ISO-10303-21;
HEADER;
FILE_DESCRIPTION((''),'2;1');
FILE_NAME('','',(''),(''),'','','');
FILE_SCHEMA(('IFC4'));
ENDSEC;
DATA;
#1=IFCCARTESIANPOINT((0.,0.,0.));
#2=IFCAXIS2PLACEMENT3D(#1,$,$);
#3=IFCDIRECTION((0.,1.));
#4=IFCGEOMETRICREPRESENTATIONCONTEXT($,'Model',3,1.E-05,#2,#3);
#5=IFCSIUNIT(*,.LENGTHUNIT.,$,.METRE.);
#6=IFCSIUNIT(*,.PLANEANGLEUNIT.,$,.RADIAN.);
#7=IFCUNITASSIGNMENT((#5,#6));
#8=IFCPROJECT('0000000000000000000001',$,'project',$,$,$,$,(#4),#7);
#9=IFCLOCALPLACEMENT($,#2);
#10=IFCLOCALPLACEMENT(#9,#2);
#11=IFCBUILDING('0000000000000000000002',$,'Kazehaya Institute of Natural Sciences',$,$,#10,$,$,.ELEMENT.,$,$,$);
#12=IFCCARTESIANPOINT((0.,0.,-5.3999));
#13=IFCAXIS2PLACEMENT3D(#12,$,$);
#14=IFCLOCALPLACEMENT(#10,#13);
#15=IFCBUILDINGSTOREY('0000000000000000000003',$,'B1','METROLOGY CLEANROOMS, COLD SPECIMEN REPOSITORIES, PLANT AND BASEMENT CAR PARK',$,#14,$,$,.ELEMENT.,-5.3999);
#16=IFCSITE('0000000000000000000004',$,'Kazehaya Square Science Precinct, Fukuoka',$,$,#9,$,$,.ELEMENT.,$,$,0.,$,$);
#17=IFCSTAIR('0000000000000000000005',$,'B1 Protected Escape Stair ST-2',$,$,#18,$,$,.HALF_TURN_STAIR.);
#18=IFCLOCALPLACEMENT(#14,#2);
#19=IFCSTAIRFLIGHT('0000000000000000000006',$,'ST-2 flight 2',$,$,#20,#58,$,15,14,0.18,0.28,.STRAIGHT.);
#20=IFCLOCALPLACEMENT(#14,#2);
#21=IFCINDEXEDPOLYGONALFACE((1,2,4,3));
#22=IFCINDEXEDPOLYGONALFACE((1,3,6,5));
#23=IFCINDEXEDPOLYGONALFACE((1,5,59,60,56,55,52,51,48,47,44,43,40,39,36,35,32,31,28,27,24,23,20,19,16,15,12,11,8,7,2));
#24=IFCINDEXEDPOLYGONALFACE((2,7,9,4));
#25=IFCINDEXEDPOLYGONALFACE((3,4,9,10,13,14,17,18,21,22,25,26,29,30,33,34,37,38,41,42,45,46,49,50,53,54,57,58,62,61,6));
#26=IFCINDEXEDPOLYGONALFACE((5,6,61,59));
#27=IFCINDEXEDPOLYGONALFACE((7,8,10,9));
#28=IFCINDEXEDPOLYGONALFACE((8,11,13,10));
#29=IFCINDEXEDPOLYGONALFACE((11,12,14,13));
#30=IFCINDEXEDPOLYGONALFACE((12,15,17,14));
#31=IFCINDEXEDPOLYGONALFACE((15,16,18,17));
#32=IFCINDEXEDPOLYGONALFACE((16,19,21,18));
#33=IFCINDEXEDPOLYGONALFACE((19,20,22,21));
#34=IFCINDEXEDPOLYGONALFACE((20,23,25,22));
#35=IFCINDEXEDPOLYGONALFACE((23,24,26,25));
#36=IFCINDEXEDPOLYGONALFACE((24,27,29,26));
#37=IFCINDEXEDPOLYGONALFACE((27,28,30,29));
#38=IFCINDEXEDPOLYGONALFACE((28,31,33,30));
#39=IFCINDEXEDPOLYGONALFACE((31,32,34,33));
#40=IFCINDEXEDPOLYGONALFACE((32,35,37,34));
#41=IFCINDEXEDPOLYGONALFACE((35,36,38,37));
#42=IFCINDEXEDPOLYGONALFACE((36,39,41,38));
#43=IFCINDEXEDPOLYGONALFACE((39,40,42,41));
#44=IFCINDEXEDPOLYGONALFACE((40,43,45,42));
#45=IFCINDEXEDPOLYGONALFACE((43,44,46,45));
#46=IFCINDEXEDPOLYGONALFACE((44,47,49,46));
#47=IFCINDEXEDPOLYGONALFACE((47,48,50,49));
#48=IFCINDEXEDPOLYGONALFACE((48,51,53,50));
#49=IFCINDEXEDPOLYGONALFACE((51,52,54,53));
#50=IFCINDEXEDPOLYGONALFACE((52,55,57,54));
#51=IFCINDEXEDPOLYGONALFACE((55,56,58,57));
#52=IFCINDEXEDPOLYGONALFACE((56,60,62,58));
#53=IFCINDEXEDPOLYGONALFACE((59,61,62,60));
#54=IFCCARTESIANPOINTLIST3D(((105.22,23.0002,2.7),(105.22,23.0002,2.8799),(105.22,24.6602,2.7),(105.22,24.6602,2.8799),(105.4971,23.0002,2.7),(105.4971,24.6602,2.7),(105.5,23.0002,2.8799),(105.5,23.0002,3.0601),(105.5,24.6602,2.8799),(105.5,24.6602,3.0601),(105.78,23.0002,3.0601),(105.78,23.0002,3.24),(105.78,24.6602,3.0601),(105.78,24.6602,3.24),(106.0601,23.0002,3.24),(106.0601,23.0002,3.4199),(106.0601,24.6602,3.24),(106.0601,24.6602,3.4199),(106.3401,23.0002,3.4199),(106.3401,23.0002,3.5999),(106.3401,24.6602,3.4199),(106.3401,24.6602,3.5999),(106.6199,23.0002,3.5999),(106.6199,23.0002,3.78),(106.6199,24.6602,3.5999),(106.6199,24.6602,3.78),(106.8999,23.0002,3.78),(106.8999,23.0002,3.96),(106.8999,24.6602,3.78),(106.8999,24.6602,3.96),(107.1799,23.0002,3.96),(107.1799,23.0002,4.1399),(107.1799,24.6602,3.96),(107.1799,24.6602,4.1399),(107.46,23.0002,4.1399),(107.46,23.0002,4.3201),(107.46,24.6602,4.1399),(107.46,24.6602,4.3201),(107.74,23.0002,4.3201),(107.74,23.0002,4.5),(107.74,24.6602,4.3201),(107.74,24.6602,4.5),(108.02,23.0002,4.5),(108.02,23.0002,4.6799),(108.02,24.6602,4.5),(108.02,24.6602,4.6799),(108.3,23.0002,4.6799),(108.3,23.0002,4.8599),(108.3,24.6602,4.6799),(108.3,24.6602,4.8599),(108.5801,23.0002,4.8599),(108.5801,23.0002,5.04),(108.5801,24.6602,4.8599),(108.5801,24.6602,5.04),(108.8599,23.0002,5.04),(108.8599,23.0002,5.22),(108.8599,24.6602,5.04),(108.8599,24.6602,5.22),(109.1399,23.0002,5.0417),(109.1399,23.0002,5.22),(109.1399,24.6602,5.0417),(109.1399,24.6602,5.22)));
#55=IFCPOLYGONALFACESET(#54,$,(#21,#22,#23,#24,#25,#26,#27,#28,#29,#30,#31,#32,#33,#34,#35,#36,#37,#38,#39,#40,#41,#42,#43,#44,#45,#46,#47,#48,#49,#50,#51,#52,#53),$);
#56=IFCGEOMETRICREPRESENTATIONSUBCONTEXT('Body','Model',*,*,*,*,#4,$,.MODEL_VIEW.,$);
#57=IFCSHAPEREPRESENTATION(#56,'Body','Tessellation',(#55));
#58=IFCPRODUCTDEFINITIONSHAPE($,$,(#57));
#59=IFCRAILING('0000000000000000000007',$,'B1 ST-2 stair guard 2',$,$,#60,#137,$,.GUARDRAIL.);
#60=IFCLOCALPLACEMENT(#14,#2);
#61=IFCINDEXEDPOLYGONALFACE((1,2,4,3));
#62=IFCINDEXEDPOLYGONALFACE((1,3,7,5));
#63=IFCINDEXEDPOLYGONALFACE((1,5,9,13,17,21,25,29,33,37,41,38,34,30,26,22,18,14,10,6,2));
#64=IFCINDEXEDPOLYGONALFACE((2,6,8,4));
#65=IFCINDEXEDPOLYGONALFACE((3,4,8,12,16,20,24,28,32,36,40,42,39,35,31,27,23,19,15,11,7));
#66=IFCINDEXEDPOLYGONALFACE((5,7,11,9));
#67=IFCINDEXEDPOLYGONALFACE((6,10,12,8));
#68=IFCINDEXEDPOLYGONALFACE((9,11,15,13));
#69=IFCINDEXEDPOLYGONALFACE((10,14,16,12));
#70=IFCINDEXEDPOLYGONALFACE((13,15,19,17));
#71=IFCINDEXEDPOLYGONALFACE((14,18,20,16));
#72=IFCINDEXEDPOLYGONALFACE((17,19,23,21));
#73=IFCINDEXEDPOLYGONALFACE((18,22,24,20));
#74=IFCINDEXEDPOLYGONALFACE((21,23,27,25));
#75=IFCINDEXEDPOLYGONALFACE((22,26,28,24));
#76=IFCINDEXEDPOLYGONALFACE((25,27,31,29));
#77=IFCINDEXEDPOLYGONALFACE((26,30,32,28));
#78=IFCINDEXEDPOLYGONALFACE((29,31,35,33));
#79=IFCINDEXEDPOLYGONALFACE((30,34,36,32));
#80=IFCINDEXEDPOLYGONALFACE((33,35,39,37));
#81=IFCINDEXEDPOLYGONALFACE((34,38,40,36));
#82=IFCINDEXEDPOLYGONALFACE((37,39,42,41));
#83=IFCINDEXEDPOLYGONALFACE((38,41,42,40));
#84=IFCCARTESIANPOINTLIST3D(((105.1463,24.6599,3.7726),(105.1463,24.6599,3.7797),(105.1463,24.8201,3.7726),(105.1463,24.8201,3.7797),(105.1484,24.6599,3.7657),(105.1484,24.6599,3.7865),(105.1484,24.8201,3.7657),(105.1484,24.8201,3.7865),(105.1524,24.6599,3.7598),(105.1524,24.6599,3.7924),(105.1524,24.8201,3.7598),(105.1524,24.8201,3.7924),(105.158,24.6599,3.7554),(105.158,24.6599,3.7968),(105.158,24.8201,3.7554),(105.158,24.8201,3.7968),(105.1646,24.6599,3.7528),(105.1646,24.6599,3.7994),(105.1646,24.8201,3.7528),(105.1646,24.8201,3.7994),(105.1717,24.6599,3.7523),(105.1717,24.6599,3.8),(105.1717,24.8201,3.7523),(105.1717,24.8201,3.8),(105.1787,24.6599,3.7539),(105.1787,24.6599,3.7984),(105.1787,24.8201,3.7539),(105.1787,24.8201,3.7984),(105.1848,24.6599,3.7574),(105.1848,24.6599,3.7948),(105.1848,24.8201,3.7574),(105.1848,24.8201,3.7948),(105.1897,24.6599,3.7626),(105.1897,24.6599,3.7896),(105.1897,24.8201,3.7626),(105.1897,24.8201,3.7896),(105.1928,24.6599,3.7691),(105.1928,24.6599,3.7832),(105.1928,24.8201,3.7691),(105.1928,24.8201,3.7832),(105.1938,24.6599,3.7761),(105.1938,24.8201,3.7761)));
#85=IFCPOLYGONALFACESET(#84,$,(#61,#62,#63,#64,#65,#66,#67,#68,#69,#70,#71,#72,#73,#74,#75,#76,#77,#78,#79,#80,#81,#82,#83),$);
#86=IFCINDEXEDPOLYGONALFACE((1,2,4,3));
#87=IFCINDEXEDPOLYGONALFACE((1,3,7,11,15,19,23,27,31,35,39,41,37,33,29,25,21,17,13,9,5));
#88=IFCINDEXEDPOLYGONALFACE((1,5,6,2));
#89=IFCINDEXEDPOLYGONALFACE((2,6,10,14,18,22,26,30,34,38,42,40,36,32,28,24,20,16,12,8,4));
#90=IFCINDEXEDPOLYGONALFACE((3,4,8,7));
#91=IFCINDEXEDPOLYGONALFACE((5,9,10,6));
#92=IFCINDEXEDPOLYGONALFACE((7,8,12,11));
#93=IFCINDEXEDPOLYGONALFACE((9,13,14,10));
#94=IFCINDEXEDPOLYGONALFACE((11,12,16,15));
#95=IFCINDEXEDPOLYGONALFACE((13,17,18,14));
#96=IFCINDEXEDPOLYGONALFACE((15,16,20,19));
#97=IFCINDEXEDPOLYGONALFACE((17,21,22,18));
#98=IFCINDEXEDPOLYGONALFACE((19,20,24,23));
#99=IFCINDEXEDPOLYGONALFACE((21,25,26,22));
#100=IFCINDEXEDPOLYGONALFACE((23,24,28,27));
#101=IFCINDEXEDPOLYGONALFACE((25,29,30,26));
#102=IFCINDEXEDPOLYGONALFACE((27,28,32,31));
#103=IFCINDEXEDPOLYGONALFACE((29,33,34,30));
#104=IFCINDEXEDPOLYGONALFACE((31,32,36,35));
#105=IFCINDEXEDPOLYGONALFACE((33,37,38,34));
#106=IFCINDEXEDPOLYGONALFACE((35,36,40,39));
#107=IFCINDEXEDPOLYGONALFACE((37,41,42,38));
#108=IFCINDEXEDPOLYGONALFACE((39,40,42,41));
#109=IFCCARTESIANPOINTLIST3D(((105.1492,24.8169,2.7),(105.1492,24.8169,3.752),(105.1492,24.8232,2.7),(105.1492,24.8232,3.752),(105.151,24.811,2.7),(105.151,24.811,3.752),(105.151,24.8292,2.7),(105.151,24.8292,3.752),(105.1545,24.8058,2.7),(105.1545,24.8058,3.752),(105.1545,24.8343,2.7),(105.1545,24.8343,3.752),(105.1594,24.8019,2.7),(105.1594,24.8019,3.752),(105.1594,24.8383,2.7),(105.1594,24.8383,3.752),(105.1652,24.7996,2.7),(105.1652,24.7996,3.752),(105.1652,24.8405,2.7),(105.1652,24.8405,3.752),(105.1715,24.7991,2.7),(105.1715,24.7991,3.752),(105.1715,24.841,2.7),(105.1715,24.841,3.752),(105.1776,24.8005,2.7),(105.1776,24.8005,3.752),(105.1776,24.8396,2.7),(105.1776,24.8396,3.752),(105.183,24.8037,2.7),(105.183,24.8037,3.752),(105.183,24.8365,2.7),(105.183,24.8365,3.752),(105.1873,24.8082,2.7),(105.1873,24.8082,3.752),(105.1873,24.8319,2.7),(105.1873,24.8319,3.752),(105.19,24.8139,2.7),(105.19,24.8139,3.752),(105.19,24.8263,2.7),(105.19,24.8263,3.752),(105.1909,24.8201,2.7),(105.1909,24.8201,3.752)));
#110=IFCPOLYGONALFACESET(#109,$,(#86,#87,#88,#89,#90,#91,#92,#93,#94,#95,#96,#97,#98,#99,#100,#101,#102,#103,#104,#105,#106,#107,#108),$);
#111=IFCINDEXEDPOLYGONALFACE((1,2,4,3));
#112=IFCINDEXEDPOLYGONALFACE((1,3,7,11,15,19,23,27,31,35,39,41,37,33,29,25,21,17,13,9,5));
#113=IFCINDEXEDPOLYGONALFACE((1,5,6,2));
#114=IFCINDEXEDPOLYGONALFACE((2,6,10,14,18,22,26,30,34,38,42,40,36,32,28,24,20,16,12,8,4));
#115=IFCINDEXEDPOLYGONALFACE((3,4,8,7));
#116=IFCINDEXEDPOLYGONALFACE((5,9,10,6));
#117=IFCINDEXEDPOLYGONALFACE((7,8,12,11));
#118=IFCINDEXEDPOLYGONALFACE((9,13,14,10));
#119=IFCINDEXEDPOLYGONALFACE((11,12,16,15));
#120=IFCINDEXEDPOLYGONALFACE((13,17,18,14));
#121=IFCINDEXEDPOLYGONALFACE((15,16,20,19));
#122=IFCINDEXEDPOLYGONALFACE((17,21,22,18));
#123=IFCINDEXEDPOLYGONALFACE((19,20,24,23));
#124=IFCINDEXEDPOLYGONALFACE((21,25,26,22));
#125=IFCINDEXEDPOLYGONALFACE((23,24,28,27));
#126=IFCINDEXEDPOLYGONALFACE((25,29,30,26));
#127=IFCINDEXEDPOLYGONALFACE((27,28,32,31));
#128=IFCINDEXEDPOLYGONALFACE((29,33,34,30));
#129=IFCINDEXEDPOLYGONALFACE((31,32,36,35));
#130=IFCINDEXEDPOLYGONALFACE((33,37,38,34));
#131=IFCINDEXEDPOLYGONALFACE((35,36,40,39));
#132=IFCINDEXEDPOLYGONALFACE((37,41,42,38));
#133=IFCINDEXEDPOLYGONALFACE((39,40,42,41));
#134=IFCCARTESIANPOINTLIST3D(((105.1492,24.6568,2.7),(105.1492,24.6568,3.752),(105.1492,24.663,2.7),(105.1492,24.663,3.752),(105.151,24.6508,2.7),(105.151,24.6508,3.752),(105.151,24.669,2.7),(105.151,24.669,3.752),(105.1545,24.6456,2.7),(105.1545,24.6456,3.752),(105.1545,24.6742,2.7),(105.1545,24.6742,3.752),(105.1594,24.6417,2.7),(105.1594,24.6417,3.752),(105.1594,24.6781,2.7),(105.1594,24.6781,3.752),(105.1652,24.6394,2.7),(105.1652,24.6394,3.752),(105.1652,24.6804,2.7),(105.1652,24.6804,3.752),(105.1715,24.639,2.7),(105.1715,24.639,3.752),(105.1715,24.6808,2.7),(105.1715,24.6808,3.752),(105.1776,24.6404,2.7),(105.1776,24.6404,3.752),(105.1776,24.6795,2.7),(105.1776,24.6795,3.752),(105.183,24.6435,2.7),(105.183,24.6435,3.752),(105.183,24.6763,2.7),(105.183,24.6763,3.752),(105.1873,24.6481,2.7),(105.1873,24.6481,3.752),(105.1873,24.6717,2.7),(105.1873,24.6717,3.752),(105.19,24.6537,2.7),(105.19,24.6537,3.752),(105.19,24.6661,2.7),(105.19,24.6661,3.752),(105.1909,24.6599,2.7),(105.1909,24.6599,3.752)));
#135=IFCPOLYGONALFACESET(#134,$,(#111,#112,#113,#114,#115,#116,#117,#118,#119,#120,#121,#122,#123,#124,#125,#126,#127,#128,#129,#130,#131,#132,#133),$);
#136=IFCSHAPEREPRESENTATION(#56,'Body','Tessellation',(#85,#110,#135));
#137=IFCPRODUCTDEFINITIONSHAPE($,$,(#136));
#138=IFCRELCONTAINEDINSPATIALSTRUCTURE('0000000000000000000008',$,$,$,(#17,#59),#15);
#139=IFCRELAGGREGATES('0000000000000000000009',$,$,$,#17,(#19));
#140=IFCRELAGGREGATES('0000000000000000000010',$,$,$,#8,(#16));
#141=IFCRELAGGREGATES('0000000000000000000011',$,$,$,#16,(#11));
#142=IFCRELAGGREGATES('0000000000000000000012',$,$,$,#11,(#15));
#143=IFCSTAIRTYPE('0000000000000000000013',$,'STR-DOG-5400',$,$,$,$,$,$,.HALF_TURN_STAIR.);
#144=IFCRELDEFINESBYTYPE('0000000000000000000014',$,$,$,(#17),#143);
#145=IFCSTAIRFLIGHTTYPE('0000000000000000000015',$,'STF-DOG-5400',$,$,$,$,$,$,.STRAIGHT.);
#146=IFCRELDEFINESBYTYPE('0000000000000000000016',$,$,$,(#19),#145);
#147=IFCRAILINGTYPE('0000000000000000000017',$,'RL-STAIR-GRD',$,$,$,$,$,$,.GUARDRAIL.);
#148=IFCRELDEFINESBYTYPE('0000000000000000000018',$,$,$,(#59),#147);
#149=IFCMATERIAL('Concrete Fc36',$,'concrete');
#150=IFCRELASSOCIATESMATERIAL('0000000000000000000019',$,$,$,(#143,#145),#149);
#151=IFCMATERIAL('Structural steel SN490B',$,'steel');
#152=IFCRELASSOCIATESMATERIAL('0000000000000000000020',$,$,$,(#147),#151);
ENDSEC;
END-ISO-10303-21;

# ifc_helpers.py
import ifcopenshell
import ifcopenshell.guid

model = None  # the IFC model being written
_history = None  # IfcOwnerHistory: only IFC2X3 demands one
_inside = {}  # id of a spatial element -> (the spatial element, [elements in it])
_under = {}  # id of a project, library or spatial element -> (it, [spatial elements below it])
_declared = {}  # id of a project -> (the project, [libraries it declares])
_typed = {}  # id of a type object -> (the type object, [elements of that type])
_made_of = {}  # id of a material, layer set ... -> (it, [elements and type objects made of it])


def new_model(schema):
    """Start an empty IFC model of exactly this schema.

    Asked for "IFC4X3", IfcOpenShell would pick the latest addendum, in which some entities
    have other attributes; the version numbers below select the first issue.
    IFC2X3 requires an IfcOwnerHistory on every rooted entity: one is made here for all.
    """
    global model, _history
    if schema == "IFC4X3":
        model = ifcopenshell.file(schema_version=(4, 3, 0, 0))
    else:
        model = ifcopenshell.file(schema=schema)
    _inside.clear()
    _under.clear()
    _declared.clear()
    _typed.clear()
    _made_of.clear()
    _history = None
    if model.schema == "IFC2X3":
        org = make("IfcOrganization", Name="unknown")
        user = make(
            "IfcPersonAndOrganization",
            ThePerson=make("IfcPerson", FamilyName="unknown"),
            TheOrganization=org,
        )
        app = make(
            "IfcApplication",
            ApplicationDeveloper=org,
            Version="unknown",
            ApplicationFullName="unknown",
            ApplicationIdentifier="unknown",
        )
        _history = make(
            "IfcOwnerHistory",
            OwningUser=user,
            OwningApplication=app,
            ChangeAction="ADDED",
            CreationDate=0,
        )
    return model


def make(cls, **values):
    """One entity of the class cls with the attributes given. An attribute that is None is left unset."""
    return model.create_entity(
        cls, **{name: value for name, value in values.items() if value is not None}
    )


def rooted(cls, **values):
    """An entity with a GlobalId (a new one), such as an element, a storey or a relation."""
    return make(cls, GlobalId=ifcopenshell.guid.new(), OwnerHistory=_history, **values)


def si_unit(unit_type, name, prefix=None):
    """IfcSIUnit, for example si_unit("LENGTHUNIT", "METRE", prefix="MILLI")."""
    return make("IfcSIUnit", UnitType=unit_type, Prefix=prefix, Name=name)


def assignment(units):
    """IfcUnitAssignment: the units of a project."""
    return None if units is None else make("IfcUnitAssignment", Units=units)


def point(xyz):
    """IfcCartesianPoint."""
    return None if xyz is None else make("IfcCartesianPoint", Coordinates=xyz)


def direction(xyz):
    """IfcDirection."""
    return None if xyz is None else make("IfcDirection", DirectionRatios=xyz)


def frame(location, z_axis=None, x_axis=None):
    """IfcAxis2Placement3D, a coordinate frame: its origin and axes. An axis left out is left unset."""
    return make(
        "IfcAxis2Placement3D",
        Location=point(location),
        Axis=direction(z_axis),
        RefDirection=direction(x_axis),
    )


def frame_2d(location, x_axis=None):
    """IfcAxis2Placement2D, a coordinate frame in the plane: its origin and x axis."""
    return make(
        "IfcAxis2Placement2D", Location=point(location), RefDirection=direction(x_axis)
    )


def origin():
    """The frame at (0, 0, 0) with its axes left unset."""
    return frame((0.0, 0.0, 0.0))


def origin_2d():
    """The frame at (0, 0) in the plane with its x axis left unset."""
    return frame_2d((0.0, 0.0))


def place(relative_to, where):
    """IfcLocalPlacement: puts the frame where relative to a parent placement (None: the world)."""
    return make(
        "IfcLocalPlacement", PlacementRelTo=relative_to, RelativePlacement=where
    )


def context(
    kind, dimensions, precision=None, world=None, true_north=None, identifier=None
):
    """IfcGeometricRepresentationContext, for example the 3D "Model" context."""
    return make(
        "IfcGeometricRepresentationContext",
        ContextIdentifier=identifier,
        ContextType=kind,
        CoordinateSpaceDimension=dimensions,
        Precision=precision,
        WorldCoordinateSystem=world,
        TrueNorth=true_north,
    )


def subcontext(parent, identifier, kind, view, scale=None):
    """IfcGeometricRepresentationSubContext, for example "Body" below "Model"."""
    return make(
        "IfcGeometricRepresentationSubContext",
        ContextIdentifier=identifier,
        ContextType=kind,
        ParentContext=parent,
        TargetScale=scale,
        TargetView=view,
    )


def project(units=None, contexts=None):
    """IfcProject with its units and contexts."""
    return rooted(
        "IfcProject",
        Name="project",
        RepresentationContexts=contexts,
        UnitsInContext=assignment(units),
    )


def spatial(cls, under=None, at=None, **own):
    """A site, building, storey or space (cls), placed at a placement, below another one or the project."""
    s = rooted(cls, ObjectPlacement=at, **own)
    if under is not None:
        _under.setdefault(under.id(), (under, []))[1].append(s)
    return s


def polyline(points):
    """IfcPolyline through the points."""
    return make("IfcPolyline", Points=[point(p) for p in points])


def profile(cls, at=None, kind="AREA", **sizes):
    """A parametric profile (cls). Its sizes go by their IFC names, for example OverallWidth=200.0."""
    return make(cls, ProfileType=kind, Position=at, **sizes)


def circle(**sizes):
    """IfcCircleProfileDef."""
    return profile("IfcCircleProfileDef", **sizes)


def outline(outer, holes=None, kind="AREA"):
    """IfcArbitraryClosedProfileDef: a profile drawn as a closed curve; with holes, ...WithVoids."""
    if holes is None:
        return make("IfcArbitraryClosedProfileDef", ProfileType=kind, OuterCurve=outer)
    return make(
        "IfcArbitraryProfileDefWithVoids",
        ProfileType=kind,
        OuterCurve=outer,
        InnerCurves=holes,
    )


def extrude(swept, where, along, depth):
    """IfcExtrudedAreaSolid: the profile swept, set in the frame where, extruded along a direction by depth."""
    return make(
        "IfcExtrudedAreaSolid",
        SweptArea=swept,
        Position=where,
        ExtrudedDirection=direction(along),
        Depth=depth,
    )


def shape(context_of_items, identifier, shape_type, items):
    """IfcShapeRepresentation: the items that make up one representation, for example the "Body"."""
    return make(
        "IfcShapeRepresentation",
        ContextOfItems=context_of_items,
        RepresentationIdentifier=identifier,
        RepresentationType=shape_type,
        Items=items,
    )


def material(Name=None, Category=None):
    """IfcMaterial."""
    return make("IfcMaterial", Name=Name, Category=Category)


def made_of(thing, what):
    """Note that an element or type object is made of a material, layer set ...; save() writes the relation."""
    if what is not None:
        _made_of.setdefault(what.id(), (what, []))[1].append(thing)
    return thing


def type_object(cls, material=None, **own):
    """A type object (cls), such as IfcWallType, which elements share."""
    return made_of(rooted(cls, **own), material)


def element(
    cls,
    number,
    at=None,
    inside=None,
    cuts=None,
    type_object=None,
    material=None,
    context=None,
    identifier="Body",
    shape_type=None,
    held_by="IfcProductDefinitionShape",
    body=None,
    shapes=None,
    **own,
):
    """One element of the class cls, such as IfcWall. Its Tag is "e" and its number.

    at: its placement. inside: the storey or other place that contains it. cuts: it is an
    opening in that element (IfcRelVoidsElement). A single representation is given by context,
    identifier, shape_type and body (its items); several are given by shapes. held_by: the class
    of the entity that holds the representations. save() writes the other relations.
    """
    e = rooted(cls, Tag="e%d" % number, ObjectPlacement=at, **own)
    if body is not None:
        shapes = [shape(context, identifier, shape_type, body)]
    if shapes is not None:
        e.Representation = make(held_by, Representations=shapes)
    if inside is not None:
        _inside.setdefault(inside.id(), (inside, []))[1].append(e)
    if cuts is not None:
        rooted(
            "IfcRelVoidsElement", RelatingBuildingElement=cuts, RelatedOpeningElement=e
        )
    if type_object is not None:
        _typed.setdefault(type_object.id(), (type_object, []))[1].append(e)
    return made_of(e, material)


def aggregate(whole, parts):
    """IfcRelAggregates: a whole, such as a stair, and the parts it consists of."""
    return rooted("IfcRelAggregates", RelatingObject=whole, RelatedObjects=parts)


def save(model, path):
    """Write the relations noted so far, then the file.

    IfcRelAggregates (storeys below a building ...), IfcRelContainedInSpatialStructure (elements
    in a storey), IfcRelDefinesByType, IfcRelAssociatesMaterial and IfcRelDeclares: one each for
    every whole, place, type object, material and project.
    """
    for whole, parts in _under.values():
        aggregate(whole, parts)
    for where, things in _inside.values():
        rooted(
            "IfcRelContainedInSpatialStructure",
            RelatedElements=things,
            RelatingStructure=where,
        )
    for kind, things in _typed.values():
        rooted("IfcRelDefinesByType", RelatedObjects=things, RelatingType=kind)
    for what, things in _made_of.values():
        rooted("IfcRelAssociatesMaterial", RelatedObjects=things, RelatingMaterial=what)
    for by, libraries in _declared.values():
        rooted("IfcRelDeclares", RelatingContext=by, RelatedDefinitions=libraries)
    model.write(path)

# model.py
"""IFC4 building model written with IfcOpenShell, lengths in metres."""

from ifc_helpers import new_model, si_unit, direction, frame, origin, origin_2d, place, context, subcontext, project, spatial, polyline, circle, outline, extrude, material, type_object, element, aggregate, save


model = new_model("IFC4")

# Units and contexts
model_context = context("Model", 3, precision=1e-05, world=origin(), true_north=direction((0.0, 1.0)))
body_context = subcontext(model_context, "Body", "Model", "MODEL_VIEW")
ifc_project = project(units=[si_unit("LENGTHUNIT", "METRE"), si_unit("PLANEANGLEUNIT", "RADIAN")], contexts=[model_context])

# Site, building, storey
site_placement = place(None, origin())
site = spatial("IfcSite", under=ifc_project, at=site_placement, Name="Kazehaya Square Science Precinct, Fukuoka", CompositionType="ELEMENT", RefElevation=0.0)
building_placement = place(site_placement, origin())
building = spatial("IfcBuilding", under=site, at=building_placement, Name="Kazehaya Institute of Natural Sciences", CompositionType="ELEMENT")
storey_placement = place(building_placement, frame((0.0, 0.0, -5.3999)))
storey = spatial("IfcBuildingStorey", under=building, at=storey_placement, Name="B1", Description="METROLOGY CLEANROOMS, COLD SPECIMEN REPOSITORIES, PLANT AND BASEMENT CAR PARK", CompositionType="ELEMENT", Elevation=-5.3999)

# Shared definitions
ifc_material_1 = material(Name="Concrete Fc36", Category="concrete")

# Stair, stair flight
stair_type = type_object("IfcStairType", Name="STR-DOG-5400", PredefinedType="HALF_TURN_STAIR", material=ifc_material_1)
stair_placement = place(storey_placement, origin())
stair = element("IfcStair", 1, at=stair_placement, inside=storey, type_object=stair_type, Name="B1 Protected Escape Stair ST-2", PredefinedType="HALF_TURN_STAIR")
stair_flight_type = type_object("IfcStairFlightType", Name="STF-DOG-5400", PredefinedType="STRAIGHT", material=ifc_material_1)
stair_flight_placement = place(storey_placement, frame((105.22, 23.8301, 2.7), z_axis=(0.0, 0.0, 1.0), x_axis=(1.0, 0.0, 0.0)))
stair_flight = element("IfcStairFlight", 2, at=stair_flight_placement, type_object=stair_flight_type, Name="ST-2 flight 2", NumberOfRisers=15, NumberOfTreads=14, PredefinedType="STRAIGHT", RiserHeight=0.18, TreadLength=0.28, context=body_context, shape_type="SweptSolid", body=[
    extrude(outline(polyline([(0.0, 0.0), (0.0, 0.1799), (0.28, 0.1799), (0.28, 0.3601), (0.5601, 0.3601), (0.5601, 0.54), (0.8401, 0.54), (0.8401, 0.72), (1.1201, 0.72), (1.1201, 0.8999), (1.3999, 0.8999), (1.3999, 1.0801), (1.6799, 1.0801), (1.6799, 1.26), (1.96, 1.26), (1.96, 1.4399), (2.24, 1.4399), (2.24, 1.6201), (2.52, 1.6201), (2.52, 1.8), (2.8, 1.8), (2.8, 1.98), (3.0801, 1.98), (3.0801, 2.1599), (3.3601, 2.1599), (3.3601, 2.3401), (3.6399, 2.3401), (3.6399, 2.52), (3.9199, 2.52), (3.9199, 2.7), (3.9199, 2.3418), (0.2771, 0.0), (0.0, 0.0)])), frame((0.0, 0.8301, 0.0), z_axis=(0.0, -1.0, 0.0), x_axis=(1.0, 0.0, 0.0)), (0.0, 0.0, 1.0), 1.6599),
])
aggregate(stair, [stair_flight])

# Railing
ifc_material_2 = material(Name="Structural steel SN490B", Category="steel")
railing_type_1 = type_object("IfcRailingType", Name="RL-STAIR-GRD", PredefinedType="GUARDRAIL", material=ifc_material_2)
railing_1_placement = place(storey_placement, frame((105.1699, 24.8201, 2.7)))
element("IfcRailing", 3, at=railing_1_placement, inside=storey, type_object=railing_type_1, Name="B1 ST-2 stair guard 2", PredefinedType="GUARDRAIL", context=body_context, shape_type="SweptSolid", body=[
    extrude(circle(Radius=0.0239, at=origin_2d()), frame((0.0, 0.0, 1.0762), z_axis=(0.0, -1.0, 0.0), x_axis=(1.0, 0.0, 0.0)), (0.0, 0.0, 1.0), 0.1602),
    extrude(circle(Radius=0.021, at=origin_2d()), origin(), (0.0, 0.0, 1.0), 1.052),
    extrude(circle(Radius=0.021, at=origin_2d()), frame((0.0, -0.1602, 0.0)), (0.0, 0.0, 1.0), 1.052),
])

save(model, "model.ifc")
